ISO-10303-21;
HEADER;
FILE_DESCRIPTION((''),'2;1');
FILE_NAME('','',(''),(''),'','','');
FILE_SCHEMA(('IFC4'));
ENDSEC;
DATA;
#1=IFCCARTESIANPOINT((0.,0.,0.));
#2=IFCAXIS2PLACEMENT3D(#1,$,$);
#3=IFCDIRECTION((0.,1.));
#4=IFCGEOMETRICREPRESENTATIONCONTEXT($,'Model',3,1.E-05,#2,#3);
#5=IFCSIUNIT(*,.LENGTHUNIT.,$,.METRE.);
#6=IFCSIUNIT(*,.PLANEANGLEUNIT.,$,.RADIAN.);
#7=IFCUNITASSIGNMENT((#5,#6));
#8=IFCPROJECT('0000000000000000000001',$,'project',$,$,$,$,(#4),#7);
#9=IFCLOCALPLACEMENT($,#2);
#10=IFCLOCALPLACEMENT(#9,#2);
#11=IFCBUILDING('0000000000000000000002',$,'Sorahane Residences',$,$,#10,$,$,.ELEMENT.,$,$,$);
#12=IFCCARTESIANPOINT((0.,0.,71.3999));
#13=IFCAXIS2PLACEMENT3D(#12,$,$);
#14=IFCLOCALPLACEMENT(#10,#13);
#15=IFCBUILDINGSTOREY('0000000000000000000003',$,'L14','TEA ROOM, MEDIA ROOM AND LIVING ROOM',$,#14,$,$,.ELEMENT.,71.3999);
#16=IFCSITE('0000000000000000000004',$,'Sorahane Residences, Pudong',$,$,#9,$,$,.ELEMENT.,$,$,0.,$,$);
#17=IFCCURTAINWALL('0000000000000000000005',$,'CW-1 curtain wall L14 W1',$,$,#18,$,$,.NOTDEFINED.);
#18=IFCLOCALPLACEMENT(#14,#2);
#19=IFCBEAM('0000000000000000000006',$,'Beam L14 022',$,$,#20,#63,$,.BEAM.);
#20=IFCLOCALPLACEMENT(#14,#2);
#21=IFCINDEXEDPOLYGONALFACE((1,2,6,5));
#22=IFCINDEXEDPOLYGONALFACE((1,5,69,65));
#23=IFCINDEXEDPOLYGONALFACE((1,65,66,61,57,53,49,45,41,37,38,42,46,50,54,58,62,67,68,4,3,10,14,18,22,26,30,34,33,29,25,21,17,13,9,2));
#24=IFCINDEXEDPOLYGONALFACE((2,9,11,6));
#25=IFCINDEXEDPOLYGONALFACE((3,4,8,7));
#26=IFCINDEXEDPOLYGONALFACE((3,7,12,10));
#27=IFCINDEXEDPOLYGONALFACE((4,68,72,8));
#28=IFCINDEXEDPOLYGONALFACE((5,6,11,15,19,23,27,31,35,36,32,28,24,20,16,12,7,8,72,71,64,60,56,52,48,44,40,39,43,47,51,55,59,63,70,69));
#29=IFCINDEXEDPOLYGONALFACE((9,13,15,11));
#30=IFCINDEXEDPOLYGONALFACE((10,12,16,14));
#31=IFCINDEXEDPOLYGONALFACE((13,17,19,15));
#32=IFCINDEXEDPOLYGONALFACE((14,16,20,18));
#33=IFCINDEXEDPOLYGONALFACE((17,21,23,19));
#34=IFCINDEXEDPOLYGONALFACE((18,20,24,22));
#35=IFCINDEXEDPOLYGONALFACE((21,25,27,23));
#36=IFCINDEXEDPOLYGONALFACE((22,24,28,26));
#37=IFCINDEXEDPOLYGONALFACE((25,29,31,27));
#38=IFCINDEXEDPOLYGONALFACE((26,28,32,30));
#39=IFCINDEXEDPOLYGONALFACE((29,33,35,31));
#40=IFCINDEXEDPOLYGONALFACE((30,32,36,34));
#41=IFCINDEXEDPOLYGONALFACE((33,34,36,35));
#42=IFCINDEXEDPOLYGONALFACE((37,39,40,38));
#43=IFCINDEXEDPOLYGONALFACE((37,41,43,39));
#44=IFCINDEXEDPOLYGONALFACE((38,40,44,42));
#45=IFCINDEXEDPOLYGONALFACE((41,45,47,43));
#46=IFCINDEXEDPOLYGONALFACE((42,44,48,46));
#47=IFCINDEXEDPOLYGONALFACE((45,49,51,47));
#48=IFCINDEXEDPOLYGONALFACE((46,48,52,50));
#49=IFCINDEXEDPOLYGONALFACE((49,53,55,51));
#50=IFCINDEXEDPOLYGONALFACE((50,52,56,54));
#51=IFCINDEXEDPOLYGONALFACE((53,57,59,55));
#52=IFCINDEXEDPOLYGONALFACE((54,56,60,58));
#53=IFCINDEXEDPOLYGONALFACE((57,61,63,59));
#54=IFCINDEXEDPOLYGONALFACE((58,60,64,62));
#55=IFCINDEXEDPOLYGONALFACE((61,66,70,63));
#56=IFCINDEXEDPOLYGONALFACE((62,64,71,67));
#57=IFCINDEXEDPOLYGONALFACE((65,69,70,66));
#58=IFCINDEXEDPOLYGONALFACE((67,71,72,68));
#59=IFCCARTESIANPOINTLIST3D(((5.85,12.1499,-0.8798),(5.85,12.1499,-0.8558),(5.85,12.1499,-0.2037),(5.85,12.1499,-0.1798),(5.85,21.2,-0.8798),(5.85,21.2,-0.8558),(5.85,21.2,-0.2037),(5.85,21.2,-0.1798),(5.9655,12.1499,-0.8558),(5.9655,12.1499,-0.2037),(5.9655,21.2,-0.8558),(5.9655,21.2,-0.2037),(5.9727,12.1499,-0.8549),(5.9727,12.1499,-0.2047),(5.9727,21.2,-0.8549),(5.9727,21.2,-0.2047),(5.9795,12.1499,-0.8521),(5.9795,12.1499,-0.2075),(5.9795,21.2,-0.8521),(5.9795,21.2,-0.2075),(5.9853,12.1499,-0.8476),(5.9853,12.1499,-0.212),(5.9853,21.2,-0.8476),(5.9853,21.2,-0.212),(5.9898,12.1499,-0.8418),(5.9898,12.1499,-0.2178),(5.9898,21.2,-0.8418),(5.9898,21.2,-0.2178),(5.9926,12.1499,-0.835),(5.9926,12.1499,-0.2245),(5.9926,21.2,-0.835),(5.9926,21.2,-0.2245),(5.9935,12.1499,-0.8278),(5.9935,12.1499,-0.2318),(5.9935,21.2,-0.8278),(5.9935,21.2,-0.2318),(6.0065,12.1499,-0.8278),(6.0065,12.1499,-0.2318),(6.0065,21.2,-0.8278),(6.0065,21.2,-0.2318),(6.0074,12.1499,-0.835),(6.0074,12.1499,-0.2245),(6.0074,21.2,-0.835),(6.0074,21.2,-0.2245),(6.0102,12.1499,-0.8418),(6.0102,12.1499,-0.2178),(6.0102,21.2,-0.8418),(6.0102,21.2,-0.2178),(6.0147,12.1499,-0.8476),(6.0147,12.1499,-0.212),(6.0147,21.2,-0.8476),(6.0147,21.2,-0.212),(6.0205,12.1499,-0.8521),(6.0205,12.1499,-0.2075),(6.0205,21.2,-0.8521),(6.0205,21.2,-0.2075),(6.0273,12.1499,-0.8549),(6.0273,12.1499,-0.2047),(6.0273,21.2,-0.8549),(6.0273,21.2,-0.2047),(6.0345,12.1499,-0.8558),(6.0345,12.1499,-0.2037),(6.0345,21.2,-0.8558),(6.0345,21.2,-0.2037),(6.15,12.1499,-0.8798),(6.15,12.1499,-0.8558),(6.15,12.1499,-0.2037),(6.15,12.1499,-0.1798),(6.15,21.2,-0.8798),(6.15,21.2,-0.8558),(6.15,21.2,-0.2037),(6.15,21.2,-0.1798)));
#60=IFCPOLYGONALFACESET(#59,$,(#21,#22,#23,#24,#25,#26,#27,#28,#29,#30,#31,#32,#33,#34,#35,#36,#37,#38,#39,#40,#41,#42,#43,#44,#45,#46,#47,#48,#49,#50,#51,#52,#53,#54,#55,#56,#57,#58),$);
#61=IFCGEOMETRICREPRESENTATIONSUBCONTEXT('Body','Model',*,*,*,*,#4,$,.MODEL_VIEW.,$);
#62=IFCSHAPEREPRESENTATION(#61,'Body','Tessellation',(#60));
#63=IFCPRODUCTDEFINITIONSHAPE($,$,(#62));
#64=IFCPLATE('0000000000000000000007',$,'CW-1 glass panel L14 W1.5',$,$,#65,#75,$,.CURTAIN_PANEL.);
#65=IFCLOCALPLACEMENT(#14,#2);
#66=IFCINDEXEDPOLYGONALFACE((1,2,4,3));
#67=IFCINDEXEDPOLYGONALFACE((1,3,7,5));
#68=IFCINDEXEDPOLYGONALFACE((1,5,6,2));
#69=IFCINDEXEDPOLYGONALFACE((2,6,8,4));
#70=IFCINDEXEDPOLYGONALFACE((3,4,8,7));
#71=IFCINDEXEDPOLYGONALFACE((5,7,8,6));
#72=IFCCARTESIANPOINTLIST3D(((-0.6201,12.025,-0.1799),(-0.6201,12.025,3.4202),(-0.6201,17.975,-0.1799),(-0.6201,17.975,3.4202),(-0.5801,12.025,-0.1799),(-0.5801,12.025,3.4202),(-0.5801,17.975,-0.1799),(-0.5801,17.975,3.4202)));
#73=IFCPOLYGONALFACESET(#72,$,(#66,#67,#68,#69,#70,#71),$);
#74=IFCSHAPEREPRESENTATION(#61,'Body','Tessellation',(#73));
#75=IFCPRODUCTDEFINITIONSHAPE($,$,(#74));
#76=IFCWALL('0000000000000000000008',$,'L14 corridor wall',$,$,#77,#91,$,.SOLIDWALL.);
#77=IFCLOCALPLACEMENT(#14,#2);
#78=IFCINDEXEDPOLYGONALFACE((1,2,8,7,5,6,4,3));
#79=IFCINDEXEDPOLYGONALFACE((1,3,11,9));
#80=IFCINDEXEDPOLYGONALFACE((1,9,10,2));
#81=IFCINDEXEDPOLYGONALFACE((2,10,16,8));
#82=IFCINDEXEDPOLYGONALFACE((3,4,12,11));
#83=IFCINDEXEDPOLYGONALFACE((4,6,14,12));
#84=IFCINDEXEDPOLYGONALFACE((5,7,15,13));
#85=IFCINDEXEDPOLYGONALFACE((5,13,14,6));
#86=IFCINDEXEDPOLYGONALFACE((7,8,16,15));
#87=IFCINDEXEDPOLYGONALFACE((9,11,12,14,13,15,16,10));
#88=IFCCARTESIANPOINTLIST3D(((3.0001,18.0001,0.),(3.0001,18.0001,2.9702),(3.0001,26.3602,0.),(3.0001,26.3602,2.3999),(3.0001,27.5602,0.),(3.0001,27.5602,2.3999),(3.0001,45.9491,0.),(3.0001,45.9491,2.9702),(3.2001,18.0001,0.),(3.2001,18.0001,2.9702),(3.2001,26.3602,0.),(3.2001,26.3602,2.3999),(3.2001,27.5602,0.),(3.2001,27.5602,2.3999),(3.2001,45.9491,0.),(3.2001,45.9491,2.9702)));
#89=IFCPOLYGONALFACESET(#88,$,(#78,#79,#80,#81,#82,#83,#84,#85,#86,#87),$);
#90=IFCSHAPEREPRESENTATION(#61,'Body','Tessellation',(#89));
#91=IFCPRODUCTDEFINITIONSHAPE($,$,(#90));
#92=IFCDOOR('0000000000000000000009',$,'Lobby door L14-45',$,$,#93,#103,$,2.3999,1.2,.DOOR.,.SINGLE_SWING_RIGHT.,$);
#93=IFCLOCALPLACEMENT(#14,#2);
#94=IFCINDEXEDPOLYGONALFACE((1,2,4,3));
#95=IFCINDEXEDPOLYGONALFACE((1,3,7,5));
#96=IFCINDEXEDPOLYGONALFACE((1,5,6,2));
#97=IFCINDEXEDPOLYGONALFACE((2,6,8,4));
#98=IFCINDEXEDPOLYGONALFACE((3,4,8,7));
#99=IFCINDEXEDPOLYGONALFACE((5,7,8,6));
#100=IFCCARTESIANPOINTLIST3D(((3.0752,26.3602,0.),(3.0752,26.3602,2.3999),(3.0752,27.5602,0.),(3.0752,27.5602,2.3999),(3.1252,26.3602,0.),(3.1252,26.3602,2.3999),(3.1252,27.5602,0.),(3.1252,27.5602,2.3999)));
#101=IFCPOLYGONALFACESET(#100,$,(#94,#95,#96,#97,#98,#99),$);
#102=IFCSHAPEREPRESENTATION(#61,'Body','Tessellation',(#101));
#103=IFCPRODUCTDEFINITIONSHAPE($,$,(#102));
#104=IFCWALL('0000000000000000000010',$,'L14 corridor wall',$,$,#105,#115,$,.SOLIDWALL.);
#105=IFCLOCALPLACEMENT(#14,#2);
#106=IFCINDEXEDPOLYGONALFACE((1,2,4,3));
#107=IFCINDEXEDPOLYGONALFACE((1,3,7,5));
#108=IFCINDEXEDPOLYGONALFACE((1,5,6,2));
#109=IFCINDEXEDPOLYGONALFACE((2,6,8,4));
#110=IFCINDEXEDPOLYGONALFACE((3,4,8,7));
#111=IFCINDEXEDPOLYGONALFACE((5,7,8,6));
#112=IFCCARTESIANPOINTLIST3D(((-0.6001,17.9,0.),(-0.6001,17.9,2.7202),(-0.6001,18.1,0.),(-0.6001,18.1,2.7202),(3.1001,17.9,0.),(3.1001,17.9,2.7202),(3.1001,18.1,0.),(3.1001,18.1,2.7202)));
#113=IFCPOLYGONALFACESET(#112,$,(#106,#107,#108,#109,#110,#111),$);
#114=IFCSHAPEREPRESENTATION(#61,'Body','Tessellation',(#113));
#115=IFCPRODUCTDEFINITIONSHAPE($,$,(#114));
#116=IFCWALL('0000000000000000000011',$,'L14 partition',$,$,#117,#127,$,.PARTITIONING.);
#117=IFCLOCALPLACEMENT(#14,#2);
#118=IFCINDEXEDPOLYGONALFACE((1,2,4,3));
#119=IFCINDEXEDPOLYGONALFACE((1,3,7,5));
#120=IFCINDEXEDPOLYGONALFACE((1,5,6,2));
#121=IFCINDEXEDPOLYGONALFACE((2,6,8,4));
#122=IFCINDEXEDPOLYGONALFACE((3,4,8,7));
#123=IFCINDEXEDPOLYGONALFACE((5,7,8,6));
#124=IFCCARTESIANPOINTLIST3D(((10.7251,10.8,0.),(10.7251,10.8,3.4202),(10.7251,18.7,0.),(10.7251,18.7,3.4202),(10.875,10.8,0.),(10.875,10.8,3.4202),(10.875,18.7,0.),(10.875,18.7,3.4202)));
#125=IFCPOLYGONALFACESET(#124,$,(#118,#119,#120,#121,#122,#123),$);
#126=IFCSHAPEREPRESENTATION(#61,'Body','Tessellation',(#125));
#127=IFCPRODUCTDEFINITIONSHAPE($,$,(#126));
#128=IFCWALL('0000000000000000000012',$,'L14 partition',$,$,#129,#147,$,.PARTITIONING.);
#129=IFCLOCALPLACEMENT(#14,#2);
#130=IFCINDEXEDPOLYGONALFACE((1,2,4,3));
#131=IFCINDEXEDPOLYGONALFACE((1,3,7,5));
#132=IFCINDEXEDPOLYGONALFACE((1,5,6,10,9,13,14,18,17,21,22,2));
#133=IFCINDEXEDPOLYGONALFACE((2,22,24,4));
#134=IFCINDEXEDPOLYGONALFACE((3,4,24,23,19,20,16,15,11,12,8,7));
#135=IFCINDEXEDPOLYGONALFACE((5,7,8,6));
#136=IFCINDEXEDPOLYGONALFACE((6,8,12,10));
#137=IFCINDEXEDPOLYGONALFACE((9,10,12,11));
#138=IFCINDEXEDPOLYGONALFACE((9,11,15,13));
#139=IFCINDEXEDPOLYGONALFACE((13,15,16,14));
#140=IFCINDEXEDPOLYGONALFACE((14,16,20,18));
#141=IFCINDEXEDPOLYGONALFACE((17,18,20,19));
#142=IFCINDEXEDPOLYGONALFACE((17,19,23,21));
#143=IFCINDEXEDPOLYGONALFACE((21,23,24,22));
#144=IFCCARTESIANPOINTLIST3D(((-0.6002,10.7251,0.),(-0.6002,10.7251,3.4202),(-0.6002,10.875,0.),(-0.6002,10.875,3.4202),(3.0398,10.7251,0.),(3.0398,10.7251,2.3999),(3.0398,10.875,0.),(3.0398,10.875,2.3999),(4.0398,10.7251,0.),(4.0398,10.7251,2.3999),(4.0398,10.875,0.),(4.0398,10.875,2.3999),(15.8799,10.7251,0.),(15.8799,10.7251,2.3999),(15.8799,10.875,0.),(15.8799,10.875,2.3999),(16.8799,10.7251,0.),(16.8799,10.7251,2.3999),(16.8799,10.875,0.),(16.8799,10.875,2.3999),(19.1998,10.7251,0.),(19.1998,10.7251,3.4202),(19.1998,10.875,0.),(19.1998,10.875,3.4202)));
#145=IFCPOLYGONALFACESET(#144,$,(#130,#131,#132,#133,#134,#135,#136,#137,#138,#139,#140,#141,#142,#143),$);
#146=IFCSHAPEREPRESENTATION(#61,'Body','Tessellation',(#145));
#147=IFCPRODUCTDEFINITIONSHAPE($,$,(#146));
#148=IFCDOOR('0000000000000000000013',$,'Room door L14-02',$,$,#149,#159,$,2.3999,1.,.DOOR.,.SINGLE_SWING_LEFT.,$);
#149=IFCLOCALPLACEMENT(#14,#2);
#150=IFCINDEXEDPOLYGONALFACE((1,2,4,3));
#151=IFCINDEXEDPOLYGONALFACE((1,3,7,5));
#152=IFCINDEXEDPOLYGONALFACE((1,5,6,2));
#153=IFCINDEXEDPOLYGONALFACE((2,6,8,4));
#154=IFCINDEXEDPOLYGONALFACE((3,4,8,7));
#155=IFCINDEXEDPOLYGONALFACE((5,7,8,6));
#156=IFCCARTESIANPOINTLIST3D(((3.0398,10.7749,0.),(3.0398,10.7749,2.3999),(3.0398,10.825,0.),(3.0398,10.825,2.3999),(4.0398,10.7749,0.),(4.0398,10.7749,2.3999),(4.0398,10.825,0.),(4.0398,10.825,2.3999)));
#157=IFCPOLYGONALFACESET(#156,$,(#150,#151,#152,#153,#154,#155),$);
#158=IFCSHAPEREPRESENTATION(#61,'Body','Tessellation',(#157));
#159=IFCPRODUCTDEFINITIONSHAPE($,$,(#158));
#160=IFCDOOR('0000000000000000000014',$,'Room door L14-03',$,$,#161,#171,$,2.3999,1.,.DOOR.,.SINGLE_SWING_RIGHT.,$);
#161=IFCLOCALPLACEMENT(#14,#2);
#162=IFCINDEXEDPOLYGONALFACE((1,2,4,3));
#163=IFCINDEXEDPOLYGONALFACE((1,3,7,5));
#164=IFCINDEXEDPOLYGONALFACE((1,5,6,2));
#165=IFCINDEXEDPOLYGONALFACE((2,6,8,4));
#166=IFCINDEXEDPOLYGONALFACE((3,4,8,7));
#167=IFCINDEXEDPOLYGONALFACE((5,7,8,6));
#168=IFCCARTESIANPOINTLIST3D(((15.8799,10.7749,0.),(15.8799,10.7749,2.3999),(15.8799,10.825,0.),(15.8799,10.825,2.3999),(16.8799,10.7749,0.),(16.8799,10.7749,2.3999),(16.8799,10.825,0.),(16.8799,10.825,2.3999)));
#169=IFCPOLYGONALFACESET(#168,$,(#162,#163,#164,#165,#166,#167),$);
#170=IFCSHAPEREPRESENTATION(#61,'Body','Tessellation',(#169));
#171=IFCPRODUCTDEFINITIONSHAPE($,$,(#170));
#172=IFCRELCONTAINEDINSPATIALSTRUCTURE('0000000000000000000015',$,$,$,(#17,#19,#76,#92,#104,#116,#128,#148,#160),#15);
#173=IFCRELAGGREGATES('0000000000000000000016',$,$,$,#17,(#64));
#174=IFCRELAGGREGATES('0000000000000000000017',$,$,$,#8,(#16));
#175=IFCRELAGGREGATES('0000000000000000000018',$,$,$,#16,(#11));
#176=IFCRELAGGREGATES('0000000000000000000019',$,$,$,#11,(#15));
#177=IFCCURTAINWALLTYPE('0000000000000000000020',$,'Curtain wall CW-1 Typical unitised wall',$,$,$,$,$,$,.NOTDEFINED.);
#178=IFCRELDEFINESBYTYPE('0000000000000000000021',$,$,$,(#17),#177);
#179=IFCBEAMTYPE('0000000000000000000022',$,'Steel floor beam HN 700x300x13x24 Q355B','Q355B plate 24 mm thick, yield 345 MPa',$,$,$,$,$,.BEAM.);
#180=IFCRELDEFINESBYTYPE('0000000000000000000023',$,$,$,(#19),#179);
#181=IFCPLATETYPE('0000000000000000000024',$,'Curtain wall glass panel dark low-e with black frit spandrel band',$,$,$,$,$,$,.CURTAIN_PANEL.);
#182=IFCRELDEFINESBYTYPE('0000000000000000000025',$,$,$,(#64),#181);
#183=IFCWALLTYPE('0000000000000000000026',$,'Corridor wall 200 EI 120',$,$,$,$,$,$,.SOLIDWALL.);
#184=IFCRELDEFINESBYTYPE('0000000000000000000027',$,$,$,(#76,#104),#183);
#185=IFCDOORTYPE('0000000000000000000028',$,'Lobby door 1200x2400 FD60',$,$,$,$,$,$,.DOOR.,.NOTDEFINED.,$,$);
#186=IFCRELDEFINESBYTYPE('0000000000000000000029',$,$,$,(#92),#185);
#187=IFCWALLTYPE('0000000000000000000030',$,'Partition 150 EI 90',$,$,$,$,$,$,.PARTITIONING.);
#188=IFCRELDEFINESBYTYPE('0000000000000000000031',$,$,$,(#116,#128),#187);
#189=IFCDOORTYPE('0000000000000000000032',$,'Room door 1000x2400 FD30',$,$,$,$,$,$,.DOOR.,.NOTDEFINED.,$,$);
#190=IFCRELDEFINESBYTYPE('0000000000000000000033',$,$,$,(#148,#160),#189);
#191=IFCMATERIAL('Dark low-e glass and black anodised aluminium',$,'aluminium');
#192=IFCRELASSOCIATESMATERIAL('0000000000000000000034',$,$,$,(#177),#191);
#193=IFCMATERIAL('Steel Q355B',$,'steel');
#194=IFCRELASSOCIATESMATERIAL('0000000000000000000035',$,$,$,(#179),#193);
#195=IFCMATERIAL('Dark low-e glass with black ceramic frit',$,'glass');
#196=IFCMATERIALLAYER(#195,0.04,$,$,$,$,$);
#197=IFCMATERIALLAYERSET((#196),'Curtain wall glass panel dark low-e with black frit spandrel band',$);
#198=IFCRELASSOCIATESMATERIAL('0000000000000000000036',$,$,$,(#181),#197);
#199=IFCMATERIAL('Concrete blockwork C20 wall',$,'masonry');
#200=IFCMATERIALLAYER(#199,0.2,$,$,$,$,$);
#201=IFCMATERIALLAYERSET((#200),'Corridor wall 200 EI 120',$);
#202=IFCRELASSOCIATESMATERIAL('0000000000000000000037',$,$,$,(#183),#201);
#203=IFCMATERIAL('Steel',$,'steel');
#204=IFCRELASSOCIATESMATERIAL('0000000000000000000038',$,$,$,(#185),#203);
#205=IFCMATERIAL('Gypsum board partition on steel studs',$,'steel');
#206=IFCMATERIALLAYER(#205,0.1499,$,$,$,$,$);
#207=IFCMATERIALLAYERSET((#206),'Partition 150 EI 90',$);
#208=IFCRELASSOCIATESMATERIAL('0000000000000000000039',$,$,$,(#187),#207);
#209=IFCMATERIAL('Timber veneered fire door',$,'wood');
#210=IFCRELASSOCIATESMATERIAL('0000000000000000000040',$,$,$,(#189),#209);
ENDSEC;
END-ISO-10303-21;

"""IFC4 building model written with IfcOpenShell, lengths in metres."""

from ifc_helpers import new_model, si_unit, direction, frame, frame_2d, origin, origin_2d, place, context, subcontext, project, spatial, rectangle, i_section, extrude, material, layer, layer_set, material_profile, profile_set, type_object, element, fill, aggregate, save


model = new_model("IFC4")

# Units and contexts
model_context = context("Model", 3, precision=1e-05, world=origin(), true_north=direction((0.0, 1.0)))
body_context = subcontext(model_context, "Body", "Model", "MODEL_VIEW")
ifc_project = project(units=[si_unit("LENGTHUNIT", "METRE"), si_unit("PLANEANGLEUNIT", "RADIAN")], contexts=[model_context])

# Site, building, storey
site_placement = place(None, origin())
site = spatial("IfcSite", under=ifc_project, at=site_placement, Name="Sorahane Residences, Pudong", CompositionType="ELEMENT", RefElevation=0.0)
building_placement = place(site_placement, origin())
building = spatial("IfcBuilding", under=site, at=building_placement, Name="Sorahane Residences", CompositionType="ELEMENT")
storey_placement = place(building_placement, frame((0.0, 0.0, 71.3999)))
storey = spatial("IfcBuildingStorey", under=building, at=storey_placement, Name="L14", Description="TEA ROOM, MEDIA ROOM AND LIVING ROOM", CompositionType="ELEMENT", Elevation=71.3999)

# Curtain wall
ifc_material_1 = material(Name="Dark low-e glass and black anodised aluminium", Category="aluminium")
curtain_wall_type = type_object("IfcCurtainWallType", Name="Curtain wall CW-1 Typical unitised wall", PredefinedType="NOTDEFINED", material=ifc_material_1)
curtain_wall_placement = place(storey_placement, origin())
curtain_wall = element("IfcCurtainWall", 1, at=curtain_wall_placement, inside=storey, type_object=curtain_wall_type, Name="CW-1 curtain wall L14 W1", PredefinedType="NOTDEFINED")

# Beam
ifc_material_2 = material(Name="Steel Q355B", Category="steel")
ifc_material_profile_1 = material_profile(ifc_material_2, i_section(OverallWidth=0.3, OverallDepth=0.7, WebThickness=0.0129, FlangeThickness=0.0239, FilletRadius=0.0281, at=origin_2d()), Name="HN 700x300x13x24")
ifc_profile_set_1 = profile_set([ifc_material_profile_1], Name="Steel Q355B")
beam_type_1 = type_object("IfcBeamType", Name="Steel floor beam HN 700x300x13x24 Q355B", Description="Q355B plate 24 mm thick, yield 345 MPa", PredefinedType="BEAM", material=ifc_profile_set_1)
beam_1_placement = place(storey_placement, frame((6.0, 12.1499, -0.5298), z_axis=(0.0, 1.0, 0.0), x_axis=(-1.0, 0.0, 0.0)))
element("IfcBeam", 2, at=beam_1_placement, inside=storey, type_object=beam_type_1, Name="Beam L14 022", PredefinedType="BEAM", context=body_context, shape_type="SweptSolid", body=[
    extrude(i_section(OverallWidth=0.3, OverallDepth=0.7, WebThickness=0.0129, FlangeThickness=0.0239, FilletRadius=0.0281, at=origin_2d()), origin(), (0.0, 0.0, 1.0), 9.05),
])

# Plate
ifc_material_3 = material(Name="Dark low-e glass with black ceramic frit", Category="glass")
ifc_layer_1 = layer(ifc_material_3, 0.04)
ifc_layer_set_1 = layer_set([ifc_layer_1], Name="Curtain wall glass panel dark low-e with black frit spandrel band")
plate_type = type_object("IfcPlateType", Name="Curtain wall glass panel dark low-e with black frit spandrel band", PredefinedType="CURTAIN_PANEL", material=ifc_layer_set_1)
plate_placement = place(storey_placement, frame((-0.6001, 15.0, -0.1799), z_axis=(0.0, 0.0, 1.0), x_axis=(0.0, -1.0, 0.0)))
plate = element("IfcPlate", 3, at=plate_placement, type_object=plate_type, Name="CW-1 glass panel L14 W1.5", PredefinedType="CURTAIN_PANEL", context=body_context, shape_type="SweptSolid", body=[
    extrude(rectangle(XDim=5.95, YDim=0.04, at=origin_2d()), origin(), (0.0, 0.0, 1.0), 3.6001),
])
aggregate(curtain_wall, [plate])

# Wall, opening, door
ifc_material_4 = material(Name="Concrete blockwork C20 wall", Category="masonry")
ifc_layer_2 = layer(ifc_material_4, 0.2)
ifc_layer_set_2 = layer_set([ifc_layer_2], Name="Corridor wall 200 EI 120")
wall_type_1 = type_object("IfcWallType", Name="Corridor wall 200 EI 120", PredefinedType="SOLIDWALL", material=ifc_layer_set_2)
wall_1_placement = place(storey_placement, frame((3.1001, 18.0, 0.0), z_axis=(0.0, 0.0, 1.0), x_axis=(0.0, 1.0, 0.0)))
wall_1 = element("IfcWall", 4, at=wall_1_placement, inside=storey, type_object=wall_type_1, Name="L14 corridor wall", PredefinedType="SOLIDWALL", context=body_context, shape_type="SweptSolid", body=[
    extrude(rectangle(XDim=27.949, YDim=0.2, at=frame_2d((13.9746, 0.0))), origin(), (0.0, 0.0, 1.0), 2.9702),
])
opening_1_placement = place(wall_1_placement, frame((8.3601, 0.0, 0.0)))
opening_1 = element("IfcOpeningElement", 5, at=opening_1_placement, cuts=wall_1, PredefinedType="OPENING", context=body_context, shape_type="SweptSolid", body=[
    extrude(rectangle(XDim=1.2, YDim=2.3999, at=frame_2d((0.6001, 1.2))), frame((0.0, 0.1099, 0.0), z_axis=(0.0, -1.0, 0.0), x_axis=(1.0, 0.0, 0.0)), (0.0, 0.0, 1.0), 0.22),
])
ifc_material_5 = material(Name="Steel", Category="steel")
door_type_1 = type_object("IfcDoorType", Name="Lobby door 1200x2400 FD60", OperationType="NOTDEFINED", PredefinedType="DOOR", material=ifc_material_5)
door_1_placement = place(opening_1_placement, origin())
door_1 = element("IfcDoor", 6, at=door_1_placement, inside=storey, type_object=door_type_1, Name="Lobby door L14-45", OperationType="SINGLE_SWING_RIGHT", OverallHeight=2.3999, OverallWidth=1.2, PredefinedType="DOOR", context=body_context, shape_type="SweptSolid", body=[
    extrude(rectangle(XDim=1.2, YDim=2.3999, at=frame_2d((0.6001, 1.2))), frame((0.0, 0.0249, 0.0), z_axis=(0.0, -1.0, 0.0), x_axis=(1.0, 0.0, 0.0)), (0.0, 0.0, 1.0), 0.05),
])
fill(opening_1, door_1)

# Walls
wall_2_placement = place(storey_placement, frame((-0.6001, 18.0, 0.0), z_axis=(0.0, 0.0, 1.0), x_axis=(1.0, 0.0, 0.0)))
element("IfcWall", 7, at=wall_2_placement, inside=storey, type_object=wall_type_1, Name="L14 corridor wall", PredefinedType="SOLIDWALL", context=body_context, shape_type="SweptSolid", body=[
    extrude(rectangle(XDim=3.7002, YDim=0.2, at=frame_2d((1.8501, 0.0))), origin(), (0.0, 0.0, 1.0), 2.7202),
])
ifc_material_6 = material(Name="Gypsum board partition on steel studs", Category="steel")
ifc_layer_3 = layer(ifc_material_6, 0.1499)
ifc_layer_set_3 = layer_set([ifc_layer_3], Name="Partition 150 EI 90")
wall_type_2 = type_object("IfcWallType", Name="Partition 150 EI 90", PredefinedType="PARTITIONING", material=ifc_layer_set_3)
wall_3_placement = place(storey_placement, frame((10.8, 10.8, 0.0), z_axis=(0.0, 0.0, 1.0), x_axis=(0.0, 1.0, 0.0)))
element("IfcWall", 8, at=wall_3_placement, inside=storey, type_object=wall_type_2, Name="L14 partition", PredefinedType="PARTITIONING", context=body_context, shape_type="SweptSolid", body=[
    extrude(rectangle(XDim=7.8999, YDim=0.1499, at=frame_2d((3.95, 0.0))), origin(), (0.0, 0.0, 1.0), 3.4202),
])

# Wall, openings, doors
wall_4_placement = place(storey_placement, frame((-0.6001, 10.8, 0.0), z_axis=(0.0, 0.0, 1.0), x_axis=(1.0, 0.0, 0.0)))
wall_4 = element("IfcWall", 9, at=wall_4_placement, inside=storey, type_object=wall_type_2, Name="L14 partition", PredefinedType="PARTITIONING", context=body_context, shape_type="SweptSolid", body=[
    extrude(rectangle(XDim=19.8, YDim=0.1499, at=frame_2d((9.8999, 0.0))), origin(), (0.0, 0.0, 1.0), 3.4202),
])
opening_2_placement = place(wall_4_placement, frame((3.6399, 0.0, 0.0)))
opening_2 = element("IfcOpeningElement", 10, at=opening_2_placement, cuts=wall_4, PredefinedType="OPENING", context=body_context, shape_type="SweptSolid", body=[
    extrude(rectangle(XDim=1.0, YDim=2.3999, at=frame_2d((0.5, 1.2))), frame((0.0, 0.085, 0.0), z_axis=(0.0, -1.0, 0.0), x_axis=(1.0, 0.0, 0.0)), (0.0, 0.0, 1.0), 0.1699),
])
opening_3_placement = place(wall_4_placement, frame((16.48, 0.0, 0.0)))
opening_3 = element("IfcOpeningElement", 11, at=opening_3_placement, cuts=wall_4, PredefinedType="OPENING", context=body_context, shape_type="SweptSolid", body=[
    extrude(rectangle(XDim=1.0, YDim=2.3999, at=frame_2d((0.5, 1.2))), frame((0.0, 0.085, 0.0), z_axis=(0.0, -1.0, 0.0), x_axis=(1.0, 0.0, 0.0)), (0.0, 0.0, 1.0), 0.1699),
])
ifc_material_7 = material(Name="Timber veneered fire door", Category="wood")
door_type_2 = type_object("IfcDoorType", Name="Room door 1000x2400 FD30", OperationType="NOTDEFINED", PredefinedType="DOOR", material=ifc_material_7)
door_2_placement = place(opening_2_placement, origin())
door_2 = element("IfcDoor", 12, at=door_2_placement, inside=storey, type_object=door_type_2, Name="Room door L14-02", OperationType="SINGLE_SWING_LEFT", OverallHeight=2.3999, OverallWidth=1.0, PredefinedType="DOOR", context=body_context, shape_type="SweptSolid", body=[
    extrude(rectangle(XDim=1.0, YDim=2.3999, at=frame_2d((0.5, 1.2))), frame((0.0, 0.0249, 0.0), z_axis=(0.0, -1.0, 0.0), x_axis=(1.0, 0.0, 0.0)), (0.0, 0.0, 1.0), 0.05),
])
fill(opening_2, door_2)
door_3_placement = place(opening_3_placement, origin())
door_3 = element("IfcDoor", 13, at=door_3_placement, inside=storey, type_object=door_type_2, Name="Room door L14-03", OperationType="SINGLE_SWING_RIGHT", OverallHeight=2.3999, OverallWidth=1.0, PredefinedType="DOOR", context=body_context, shape_type="SweptSolid", body=[
    extrude(rectangle(XDim=1.0, YDim=2.3999, at=frame_2d((0.5, 1.2))), frame((0.0, 0.0249, 0.0), z_axis=(0.0, -1.0, 0.0), x_axis=(1.0, 0.0, 0.0)), (0.0, 0.0, 1.0), 0.05),
])
fill(opening_3, door_3)

save(model, "model.ifc")
